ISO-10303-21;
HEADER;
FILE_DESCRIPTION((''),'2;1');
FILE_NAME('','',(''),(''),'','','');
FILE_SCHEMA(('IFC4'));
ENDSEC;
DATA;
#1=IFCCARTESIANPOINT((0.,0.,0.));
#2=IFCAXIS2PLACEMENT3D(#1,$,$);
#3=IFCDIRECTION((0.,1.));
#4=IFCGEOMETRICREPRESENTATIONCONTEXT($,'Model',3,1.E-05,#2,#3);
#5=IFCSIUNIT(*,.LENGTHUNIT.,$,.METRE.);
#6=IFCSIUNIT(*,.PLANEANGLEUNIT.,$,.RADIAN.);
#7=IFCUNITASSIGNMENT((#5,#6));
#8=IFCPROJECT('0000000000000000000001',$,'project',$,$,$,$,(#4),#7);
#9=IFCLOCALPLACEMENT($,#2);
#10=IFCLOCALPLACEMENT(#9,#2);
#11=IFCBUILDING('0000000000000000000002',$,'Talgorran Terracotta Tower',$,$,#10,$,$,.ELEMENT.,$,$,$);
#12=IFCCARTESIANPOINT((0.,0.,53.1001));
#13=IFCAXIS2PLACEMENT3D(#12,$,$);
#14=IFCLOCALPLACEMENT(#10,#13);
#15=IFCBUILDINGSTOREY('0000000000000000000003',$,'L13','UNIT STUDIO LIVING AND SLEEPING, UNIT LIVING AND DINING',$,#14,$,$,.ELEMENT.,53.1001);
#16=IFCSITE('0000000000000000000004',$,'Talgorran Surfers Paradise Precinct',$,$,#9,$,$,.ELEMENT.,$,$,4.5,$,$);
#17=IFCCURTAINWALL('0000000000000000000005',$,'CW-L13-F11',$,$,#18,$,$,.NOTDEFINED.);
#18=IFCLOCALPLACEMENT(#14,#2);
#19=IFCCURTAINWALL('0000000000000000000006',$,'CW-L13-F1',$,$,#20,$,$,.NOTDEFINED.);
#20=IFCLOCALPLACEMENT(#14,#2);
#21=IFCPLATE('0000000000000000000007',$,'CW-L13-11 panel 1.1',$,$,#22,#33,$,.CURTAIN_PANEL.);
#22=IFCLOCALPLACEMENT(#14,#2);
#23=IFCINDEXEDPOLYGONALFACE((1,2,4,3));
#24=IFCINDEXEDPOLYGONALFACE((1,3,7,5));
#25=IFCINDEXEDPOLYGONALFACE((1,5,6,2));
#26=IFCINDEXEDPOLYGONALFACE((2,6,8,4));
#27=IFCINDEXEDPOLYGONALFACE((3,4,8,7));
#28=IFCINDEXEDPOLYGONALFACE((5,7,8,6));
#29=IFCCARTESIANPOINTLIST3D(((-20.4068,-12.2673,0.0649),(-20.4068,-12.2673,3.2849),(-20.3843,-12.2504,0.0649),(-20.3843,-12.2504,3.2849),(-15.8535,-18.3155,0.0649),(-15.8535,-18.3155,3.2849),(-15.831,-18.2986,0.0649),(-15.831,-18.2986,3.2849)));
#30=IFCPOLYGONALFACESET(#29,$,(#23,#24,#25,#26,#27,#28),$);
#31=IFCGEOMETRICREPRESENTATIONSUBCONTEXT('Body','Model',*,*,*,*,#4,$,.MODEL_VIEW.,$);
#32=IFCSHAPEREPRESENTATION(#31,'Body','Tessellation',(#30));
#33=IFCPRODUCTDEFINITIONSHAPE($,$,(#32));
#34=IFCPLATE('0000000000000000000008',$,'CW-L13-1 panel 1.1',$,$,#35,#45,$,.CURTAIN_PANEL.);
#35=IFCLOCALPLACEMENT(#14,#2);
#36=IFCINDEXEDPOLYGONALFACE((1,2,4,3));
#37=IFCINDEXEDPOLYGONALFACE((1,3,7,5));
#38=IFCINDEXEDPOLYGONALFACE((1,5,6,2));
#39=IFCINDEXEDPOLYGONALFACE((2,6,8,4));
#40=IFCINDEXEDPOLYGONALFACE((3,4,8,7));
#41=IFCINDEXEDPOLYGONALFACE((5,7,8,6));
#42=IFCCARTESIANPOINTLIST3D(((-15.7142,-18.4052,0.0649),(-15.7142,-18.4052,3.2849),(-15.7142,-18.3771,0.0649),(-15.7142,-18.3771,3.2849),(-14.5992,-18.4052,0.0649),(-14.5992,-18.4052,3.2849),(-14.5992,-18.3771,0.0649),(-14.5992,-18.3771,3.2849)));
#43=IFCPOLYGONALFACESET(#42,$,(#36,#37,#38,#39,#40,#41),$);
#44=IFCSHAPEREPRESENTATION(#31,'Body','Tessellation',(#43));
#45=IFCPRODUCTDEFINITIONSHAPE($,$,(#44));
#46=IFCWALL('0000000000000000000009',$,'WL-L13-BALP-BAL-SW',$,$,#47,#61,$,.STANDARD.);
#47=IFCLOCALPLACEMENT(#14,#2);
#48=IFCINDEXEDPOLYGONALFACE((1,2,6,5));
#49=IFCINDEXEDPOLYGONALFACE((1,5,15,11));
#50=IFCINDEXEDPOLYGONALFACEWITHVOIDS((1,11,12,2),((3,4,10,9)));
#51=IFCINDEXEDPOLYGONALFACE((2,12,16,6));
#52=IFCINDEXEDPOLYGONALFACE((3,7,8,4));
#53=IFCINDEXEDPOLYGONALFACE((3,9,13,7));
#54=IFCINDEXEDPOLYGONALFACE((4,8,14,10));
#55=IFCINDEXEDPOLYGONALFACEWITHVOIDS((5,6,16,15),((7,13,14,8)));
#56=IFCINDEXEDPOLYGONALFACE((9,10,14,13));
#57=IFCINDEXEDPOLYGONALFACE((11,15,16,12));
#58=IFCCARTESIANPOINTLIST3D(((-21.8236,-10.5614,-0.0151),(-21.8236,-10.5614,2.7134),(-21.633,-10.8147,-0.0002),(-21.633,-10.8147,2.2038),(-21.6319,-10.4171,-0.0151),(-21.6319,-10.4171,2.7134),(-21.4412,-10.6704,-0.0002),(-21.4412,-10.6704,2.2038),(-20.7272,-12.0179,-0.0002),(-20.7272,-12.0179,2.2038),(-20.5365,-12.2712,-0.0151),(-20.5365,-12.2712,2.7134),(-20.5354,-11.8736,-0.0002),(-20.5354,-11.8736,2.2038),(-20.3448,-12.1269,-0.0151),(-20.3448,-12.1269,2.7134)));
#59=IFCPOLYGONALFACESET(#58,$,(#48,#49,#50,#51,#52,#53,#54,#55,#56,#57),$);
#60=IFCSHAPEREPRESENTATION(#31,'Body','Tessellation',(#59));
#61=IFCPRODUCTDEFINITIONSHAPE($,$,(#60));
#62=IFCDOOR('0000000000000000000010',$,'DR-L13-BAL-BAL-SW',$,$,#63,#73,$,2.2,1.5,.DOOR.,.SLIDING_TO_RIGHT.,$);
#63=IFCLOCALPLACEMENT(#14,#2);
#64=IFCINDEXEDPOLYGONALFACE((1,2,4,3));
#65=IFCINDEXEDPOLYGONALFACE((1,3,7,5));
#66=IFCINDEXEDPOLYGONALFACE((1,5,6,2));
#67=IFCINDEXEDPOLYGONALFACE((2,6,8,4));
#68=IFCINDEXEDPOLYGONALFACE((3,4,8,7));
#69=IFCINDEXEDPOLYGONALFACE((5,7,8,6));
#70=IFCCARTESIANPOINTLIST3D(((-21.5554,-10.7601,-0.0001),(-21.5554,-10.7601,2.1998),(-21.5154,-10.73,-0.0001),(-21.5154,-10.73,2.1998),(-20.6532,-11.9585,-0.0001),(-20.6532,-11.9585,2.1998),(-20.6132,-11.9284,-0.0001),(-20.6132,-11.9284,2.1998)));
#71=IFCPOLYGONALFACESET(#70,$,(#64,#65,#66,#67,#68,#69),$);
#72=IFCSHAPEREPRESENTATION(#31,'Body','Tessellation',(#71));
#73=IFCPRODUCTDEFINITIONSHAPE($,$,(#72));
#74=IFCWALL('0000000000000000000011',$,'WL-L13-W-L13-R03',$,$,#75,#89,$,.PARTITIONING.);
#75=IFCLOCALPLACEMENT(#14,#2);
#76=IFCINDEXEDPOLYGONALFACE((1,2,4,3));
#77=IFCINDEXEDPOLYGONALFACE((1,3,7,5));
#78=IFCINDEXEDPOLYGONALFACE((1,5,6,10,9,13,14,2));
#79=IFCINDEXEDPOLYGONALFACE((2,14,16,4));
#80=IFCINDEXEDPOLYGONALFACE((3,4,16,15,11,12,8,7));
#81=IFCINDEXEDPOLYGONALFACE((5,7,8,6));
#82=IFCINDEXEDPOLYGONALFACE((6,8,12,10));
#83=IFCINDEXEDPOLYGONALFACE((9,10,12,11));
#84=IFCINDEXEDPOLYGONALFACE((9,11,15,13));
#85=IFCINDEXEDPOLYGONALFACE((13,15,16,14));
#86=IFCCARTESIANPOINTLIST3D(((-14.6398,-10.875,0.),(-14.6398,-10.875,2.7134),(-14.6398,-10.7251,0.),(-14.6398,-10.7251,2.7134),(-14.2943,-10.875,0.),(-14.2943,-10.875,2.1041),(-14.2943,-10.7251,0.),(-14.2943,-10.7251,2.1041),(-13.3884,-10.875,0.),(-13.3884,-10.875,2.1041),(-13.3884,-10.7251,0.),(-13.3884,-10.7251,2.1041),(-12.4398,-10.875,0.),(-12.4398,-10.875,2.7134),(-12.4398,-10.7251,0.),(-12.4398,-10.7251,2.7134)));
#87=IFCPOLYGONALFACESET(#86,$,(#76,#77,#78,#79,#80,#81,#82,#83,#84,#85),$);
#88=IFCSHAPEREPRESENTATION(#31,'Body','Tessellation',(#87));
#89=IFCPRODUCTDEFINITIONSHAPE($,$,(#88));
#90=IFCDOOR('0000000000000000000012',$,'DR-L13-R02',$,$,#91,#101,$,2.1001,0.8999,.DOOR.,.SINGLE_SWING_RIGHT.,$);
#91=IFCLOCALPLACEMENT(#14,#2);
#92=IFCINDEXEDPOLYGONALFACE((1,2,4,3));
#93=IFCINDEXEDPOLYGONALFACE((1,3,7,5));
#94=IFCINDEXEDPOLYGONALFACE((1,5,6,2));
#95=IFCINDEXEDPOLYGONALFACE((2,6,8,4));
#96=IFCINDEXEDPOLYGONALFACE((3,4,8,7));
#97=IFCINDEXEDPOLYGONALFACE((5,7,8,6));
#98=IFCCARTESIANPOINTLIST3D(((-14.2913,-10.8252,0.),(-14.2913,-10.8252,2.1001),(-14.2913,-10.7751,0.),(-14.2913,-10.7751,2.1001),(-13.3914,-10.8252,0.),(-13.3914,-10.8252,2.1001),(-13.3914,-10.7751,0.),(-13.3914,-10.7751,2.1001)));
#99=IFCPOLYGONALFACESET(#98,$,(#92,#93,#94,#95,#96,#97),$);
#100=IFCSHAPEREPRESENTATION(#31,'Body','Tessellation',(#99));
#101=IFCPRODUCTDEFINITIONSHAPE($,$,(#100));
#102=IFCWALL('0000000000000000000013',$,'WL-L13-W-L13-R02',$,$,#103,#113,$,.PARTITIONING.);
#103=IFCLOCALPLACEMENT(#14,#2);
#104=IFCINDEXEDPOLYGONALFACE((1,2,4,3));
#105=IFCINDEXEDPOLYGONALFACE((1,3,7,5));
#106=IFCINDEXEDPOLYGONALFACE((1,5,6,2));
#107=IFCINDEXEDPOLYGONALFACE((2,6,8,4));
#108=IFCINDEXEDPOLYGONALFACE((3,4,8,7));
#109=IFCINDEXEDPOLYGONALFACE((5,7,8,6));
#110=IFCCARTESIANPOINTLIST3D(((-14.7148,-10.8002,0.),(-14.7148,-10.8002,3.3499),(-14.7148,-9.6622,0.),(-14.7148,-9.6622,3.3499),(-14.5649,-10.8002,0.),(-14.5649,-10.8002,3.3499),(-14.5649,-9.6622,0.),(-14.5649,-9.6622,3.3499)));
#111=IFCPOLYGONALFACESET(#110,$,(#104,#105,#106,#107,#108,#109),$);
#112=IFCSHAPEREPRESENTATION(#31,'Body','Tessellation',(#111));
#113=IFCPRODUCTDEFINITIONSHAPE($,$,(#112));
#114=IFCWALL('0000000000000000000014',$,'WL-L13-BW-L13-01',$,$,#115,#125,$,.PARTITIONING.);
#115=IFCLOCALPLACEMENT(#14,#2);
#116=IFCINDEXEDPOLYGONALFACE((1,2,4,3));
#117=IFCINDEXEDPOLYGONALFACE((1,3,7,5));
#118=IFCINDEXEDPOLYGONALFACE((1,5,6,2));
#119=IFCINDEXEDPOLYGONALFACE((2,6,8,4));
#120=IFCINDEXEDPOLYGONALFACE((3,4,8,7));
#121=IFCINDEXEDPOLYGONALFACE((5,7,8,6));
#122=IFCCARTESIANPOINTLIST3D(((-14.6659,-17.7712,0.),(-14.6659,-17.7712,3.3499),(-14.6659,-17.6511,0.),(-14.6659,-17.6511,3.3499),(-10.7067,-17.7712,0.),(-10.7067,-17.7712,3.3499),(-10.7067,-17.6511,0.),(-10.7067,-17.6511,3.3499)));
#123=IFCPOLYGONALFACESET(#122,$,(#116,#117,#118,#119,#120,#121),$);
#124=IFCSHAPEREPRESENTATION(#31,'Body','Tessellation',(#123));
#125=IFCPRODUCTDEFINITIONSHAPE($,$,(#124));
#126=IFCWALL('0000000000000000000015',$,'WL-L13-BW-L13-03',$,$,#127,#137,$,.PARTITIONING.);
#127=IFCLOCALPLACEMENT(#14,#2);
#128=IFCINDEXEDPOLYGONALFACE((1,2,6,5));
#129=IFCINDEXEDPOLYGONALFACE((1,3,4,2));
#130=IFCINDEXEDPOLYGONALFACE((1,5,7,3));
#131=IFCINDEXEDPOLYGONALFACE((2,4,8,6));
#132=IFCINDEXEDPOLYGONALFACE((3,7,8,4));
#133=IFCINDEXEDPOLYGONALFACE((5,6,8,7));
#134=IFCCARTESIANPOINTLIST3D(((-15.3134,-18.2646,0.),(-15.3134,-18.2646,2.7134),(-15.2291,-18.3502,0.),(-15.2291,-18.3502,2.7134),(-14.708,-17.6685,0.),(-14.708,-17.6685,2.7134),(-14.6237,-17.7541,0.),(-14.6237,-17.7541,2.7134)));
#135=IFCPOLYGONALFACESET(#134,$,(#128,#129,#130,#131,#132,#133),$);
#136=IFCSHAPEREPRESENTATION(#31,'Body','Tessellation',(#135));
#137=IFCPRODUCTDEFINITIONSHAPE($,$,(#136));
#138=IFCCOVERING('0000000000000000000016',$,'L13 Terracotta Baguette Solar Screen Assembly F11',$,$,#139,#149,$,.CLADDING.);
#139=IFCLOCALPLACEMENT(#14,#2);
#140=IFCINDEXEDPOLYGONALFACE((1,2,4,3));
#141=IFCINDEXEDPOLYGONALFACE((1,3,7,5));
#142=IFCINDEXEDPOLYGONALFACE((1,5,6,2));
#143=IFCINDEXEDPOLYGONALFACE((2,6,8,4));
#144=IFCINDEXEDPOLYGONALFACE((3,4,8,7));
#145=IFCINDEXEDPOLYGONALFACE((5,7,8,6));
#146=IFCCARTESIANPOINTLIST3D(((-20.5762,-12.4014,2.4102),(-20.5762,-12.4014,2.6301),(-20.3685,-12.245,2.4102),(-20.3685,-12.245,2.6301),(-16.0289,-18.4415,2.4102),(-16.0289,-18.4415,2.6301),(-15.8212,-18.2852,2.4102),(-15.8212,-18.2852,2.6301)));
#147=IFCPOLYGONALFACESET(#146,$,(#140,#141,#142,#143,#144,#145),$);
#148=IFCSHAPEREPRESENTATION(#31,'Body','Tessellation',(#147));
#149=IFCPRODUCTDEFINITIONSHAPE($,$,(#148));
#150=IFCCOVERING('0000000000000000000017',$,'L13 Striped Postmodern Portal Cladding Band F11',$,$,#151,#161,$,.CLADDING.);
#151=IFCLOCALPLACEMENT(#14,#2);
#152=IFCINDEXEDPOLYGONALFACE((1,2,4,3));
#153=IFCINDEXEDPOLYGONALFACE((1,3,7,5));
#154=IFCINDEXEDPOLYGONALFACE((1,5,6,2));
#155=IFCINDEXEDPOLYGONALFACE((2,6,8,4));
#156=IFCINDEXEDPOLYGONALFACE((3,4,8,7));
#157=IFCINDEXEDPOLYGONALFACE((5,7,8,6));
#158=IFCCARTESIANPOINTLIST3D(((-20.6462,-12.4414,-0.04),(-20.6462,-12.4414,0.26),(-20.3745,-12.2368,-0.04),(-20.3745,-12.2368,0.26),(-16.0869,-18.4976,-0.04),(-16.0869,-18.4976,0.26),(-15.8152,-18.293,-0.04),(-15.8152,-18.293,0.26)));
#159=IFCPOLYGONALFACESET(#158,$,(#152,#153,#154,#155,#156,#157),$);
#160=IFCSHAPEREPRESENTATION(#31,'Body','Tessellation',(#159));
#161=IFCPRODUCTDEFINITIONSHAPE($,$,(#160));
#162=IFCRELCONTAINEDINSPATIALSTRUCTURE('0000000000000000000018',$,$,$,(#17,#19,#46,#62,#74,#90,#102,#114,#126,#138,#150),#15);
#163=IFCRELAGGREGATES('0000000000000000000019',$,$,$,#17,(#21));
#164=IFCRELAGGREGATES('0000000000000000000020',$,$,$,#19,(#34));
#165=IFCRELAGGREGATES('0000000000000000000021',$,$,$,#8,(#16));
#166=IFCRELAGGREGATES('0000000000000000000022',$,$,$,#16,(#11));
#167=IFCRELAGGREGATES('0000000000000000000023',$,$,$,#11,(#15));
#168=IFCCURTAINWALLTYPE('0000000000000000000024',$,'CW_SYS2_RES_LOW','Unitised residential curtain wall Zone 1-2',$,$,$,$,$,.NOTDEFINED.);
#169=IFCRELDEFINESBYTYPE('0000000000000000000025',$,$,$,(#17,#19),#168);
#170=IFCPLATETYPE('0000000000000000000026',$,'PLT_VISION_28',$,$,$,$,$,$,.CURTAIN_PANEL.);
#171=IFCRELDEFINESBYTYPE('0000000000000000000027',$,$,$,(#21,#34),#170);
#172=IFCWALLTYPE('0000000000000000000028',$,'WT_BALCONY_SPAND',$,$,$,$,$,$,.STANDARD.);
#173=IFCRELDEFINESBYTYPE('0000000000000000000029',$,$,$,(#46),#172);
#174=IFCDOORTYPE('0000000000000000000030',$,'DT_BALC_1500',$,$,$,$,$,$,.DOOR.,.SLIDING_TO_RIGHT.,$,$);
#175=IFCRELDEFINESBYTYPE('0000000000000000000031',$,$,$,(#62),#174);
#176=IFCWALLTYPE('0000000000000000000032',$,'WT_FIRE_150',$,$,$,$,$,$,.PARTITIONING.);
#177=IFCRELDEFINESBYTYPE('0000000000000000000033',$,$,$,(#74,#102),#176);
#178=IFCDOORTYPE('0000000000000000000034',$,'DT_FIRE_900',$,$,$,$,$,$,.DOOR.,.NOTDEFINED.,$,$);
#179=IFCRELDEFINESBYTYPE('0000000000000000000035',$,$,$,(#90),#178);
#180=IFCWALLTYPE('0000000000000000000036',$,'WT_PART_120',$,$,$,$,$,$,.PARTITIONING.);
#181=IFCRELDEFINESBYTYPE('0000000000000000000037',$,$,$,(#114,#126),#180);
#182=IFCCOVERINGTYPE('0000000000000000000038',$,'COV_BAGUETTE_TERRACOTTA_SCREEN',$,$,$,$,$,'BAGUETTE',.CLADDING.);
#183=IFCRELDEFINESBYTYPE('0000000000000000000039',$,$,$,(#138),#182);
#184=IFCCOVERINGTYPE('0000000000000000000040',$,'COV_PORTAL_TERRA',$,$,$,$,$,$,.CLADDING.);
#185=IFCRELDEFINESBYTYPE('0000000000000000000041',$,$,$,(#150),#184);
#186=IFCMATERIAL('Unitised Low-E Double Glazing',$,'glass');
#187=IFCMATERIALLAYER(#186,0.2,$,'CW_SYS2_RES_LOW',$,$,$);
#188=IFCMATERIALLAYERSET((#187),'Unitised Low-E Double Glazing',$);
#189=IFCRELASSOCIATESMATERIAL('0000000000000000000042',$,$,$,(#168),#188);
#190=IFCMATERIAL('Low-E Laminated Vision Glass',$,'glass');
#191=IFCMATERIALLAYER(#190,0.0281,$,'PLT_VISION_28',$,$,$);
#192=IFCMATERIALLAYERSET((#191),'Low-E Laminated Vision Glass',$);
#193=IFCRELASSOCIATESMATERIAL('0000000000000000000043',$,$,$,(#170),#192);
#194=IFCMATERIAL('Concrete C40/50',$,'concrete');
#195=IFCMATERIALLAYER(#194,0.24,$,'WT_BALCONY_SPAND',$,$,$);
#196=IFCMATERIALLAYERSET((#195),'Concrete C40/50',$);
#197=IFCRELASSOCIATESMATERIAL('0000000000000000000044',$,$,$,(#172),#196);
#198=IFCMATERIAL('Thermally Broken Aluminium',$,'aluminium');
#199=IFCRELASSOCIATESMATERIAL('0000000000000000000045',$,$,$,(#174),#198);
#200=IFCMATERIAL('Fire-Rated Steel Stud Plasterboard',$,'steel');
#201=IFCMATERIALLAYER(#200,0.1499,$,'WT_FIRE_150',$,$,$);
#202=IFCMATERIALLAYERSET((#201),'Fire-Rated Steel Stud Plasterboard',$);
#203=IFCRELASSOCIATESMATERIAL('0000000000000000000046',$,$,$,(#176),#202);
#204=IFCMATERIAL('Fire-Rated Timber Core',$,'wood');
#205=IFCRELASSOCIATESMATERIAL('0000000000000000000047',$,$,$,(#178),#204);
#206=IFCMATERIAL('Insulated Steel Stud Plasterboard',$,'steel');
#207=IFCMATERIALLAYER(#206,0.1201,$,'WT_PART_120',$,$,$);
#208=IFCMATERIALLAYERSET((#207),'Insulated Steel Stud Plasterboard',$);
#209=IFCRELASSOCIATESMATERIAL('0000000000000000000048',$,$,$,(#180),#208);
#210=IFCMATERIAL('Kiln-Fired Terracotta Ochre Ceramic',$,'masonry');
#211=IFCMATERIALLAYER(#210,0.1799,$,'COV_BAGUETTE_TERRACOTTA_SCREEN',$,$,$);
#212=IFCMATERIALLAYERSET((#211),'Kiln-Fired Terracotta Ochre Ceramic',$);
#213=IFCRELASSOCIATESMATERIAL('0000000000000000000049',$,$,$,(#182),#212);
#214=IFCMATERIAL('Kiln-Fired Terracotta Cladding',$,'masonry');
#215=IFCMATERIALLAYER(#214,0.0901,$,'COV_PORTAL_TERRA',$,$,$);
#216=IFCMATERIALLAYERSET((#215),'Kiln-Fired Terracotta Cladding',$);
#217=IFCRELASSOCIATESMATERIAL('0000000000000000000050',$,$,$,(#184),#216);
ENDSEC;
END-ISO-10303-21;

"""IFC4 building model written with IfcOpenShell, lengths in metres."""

from ifc_helpers import new_model, si_unit, direction, frame, frame_2d, origin, origin_2d, place, context, subcontext, project, spatial, rectangle, extrude, source, transform, mapped, material, layer, layer_set, type_object, type_shapes, element, fill, aggregate, save


model = new_model("IFC4")

# Units and contexts
model_context = context("Model", 3, precision=1e-05, world=origin(), true_north=direction((0.0, 1.0)))
body_context = subcontext(model_context, "Body", "Model", "MODEL_VIEW")
ifc_project = project(units=[si_unit("LENGTHUNIT", "METRE"), si_unit("PLANEANGLEUNIT", "RADIAN")], contexts=[model_context])

# Site, building, storey
site_placement = place(None, origin())
site = spatial("IfcSite", under=ifc_project, at=site_placement, Name="Talgorran Surfers Paradise Precinct", CompositionType="ELEMENT", RefElevation=4.5)
building_placement = place(site_placement, origin())
building = spatial("IfcBuilding", under=site, at=building_placement, Name="Talgorran Terracotta Tower", CompositionType="ELEMENT")
storey_placement = place(building_placement, frame((0.0, 0.0, 53.1001)))
storey = spatial("IfcBuildingStorey", under=building, at=storey_placement, Name="L13", Description="UNIT STUDIO LIVING AND SLEEPING, UNIT LIVING AND DINING", CompositionType="ELEMENT", Elevation=53.1001)

# Curtain walls
ifc_material_1 = material(Name="Unitised Low-E Double Glazing", Category="glass")
ifc_layer_1 = layer(ifc_material_1, 0.2, Name="CW_SYS2_RES_LOW")
ifc_layer_set_1 = layer_set([ifc_layer_1], Name="Unitised Low-E Double Glazing")
curtain_wall_type = type_object("IfcCurtainWallType", Name="CW_SYS2_RES_LOW", Description="Unitised residential curtain wall Zone 1-2", PredefinedType="NOTDEFINED", material=ifc_layer_set_1)
curtain_wall_1_placement = place(storey_placement, origin())
curtain_wall_1 = element("IfcCurtainWall", 1, at=curtain_wall_1_placement, inside=storey, type_object=curtain_wall_type, Name="CW-L13-F11", PredefinedType="NOTDEFINED")
curtain_wall_2_placement = place(storey_placement, origin())
curtain_wall_2 = element("IfcCurtainWall", 2, at=curtain_wall_2_placement, inside=storey, type_object=curtain_wall_type, Name="CW-L13-F1", PredefinedType="NOTDEFINED")

# Plates
ifc_material_2 = material(Name="Low-E Laminated Vision Glass", Category="glass")
ifc_layer_2 = layer(ifc_material_2, 0.0281, Name="PLT_VISION_28")
ifc_layer_set_2 = layer_set([ifc_layer_2], Name="Low-E Laminated Vision Glass")
plate_type = type_object("IfcPlateType", Name="PLT_VISION_28", PredefinedType="CURTAIN_PANEL", material=ifc_layer_set_2)
shared_shape_1 = source(origin(), body_context, "Body", "SweptSolid", [
    extrude(rectangle(XDim=7.5706, YDim=0.0281, at=origin_2d()), origin(), (0.0, 0.0, 1.0), 3.22),
])
plate_1_placement = place(storey_placement, frame((-18.1189, -15.283, 0.0649), z_axis=(0.0, 0.0, 1.0), x_axis=(0.601447, -0.798913, 0.0)))
plate_1 = element("IfcPlate", 3, at=plate_1_placement, type_object=plate_type, Name="CW-L13-11 panel 1.1", PredefinedType="CURTAIN_PANEL", context=body_context, shape_type="MappedRepresentation", body=[
    mapped(shared_shape_1, transform((0.0, 0.0, 0.0), scale=1.0)),
])
aggregate(curtain_wall_1, [plate_1])
shared_shape_2 = source(origin(), body_context, "Body", "SweptSolid", [
    extrude(rectangle(XDim=1.115, YDim=0.0281, at=origin_2d()), origin(), (0.0, 0.0, 1.0), 3.22),
])
type_shapes(plate_type, [shared_shape_1, shared_shape_2])
plate_2_placement = place(storey_placement, frame((-15.1567, -18.3911, 0.0649), z_axis=(0.0, 0.0, 1.0), x_axis=(1.0, 0.0, 0.0)))
plate_2 = element("IfcPlate", 4, at=plate_2_placement, type_object=plate_type, Name="CW-L13-1 panel 1.1", PredefinedType="CURTAIN_PANEL", context=body_context, shape_type="MappedRepresentation", body=[
    mapped(shared_shape_2, transform((0.0, 0.0, 0.0), scale=1.0)),
])
aggregate(curtain_wall_2, [plate_2])

# Walls, openings, doors
ifc_material_3 = material(Name="Concrete C40/50", Category="concrete")
ifc_layer_3 = layer(ifc_material_3, 0.24, Name="WT_BALCONY_SPAND")
ifc_layer_set_3 = layer_set([ifc_layer_3], Name="Concrete C40/50")
wall_type_1 = type_object("IfcWallType", Name="WT_BALCONY_SPAND", PredefinedType="STANDARD", material=ifc_layer_set_3)
wall_1_placement = place(storey_placement, frame((-21.7278, -10.4893, -0.0151), z_axis=(0.0, 0.0, 1.0), x_axis=(0.601441, -0.798917, 0.0)))
wall_1 = element("IfcWall", 5, at=wall_1_placement, inside=storey, type_object=wall_type_1, Name="WL-L13-BALP-BAL-SW", PredefinedType="STANDARD", context=body_context, shape_type="SweptSolid", body=[
    extrude(rectangle(XDim=2.1401, YDim=0.24, at=frame_2d((1.0701, 0.0))), origin(), (0.0, 0.0, 1.0), 2.7285),
])
opening_1_placement = place(wall_1_placement, frame((0.3201, 0.0, 0.0149)))
opening_1 = element("IfcOpeningElement", 6, at=opening_1_placement, cuts=wall_1, PredefinedType="OPENING", context=body_context, shape_type="SweptSolid", body=[
    extrude(rectangle(XDim=1.506, YDim=2.204, at=frame_2d((0.75, 1.1021))), frame((0.0, 0.1299, 0.0), z_axis=(0.0, -1.0, 0.0), x_axis=(1.0, 0.0, 0.0)), (0.0, 0.0, 1.0), 0.26),
])
ifc_material_4 = material(Name="Thermally Broken Aluminium", Category="aluminium")
door_type_1 = type_object("IfcDoorType", Name="DT_BALC_1500", OperationType="SLIDING_TO_RIGHT", PredefinedType="DOOR", material=ifc_material_4)
door_1_placement = place(opening_1_placement, origin())
door_1 = element("IfcDoor", 7, at=door_1_placement, inside=storey, type_object=door_type_1, Name="DR-L13-BAL-BAL-SW", OperationType="SLIDING_TO_RIGHT", OverallHeight=2.2, OverallWidth=1.5, PredefinedType="DOOR", context=body_context, shape_type="SweptSolid", body=[
    extrude(rectangle(XDim=1.5, YDim=2.2, at=frame_2d((0.75, 1.1001))), frame((0.0, 0.0249, 0.0), z_axis=(0.0, -1.0, 0.0), x_axis=(1.0, 0.0, 0.0)), (0.0, 0.0, 1.0), 0.05),
])
fill(opening_1, door_1)
ifc_material_5 = material(Name="Fire-Rated Steel Stud Plasterboard", Category="steel")
ifc_layer_4 = layer(ifc_material_5, 0.1499, Name="WT_FIRE_150")
ifc_layer_set_4 = layer_set([ifc_layer_4], Name="Fire-Rated Steel Stud Plasterboard")
wall_type_2 = type_object("IfcWallType", Name="WT_FIRE_150", PredefinedType="PARTITIONING", material=ifc_layer_set_4)
wall_2_placement = place(storey_placement, frame((-14.6399, -10.8, 0.0), z_axis=(0.0, 0.0, 1.0), x_axis=(1.0, 0.0, 0.0)))
wall_2 = element("IfcWall", 8, at=wall_2_placement, inside=storey, type_object=wall_type_2, Name="WL-L13-W-L13-R03", PredefinedType="PARTITIONING", context=body_context, shape_type="SweptSolid", body=[
    extrude(rectangle(XDim=2.2, YDim=0.1499, at=frame_2d((1.1001, 0.0))), origin(), (0.0, 0.0, 1.0), 2.7134),
])
opening_2_placement = place(wall_2_placement, frame((0.3486, 0.0, 0.0)))
opening_2 = element("IfcOpeningElement", 9, at=opening_2_placement, cuts=wall_2, PredefinedType="OPENING", context=body_context, shape_type="SweptSolid", body=[
    extrude(rectangle(XDim=0.9059, YDim=2.1041, at=frame_2d((0.45, 1.052))), frame((0.0, 0.085, 0.0), z_axis=(0.0, -1.0, 0.0), x_axis=(1.0, 0.0, 0.0)), (0.0, 0.0, 1.0), 0.1699),
])
ifc_material_6 = material(Name="Fire-Rated Timber Core", Category="wood")
door_type_2 = type_object("IfcDoorType", Name="DT_FIRE_900", OperationType="NOTDEFINED", PredefinedType="DOOR", material=ifc_material_6)
door_2_placement = place(opening_2_placement, origin())
door_2 = element("IfcDoor", 10, at=door_2_placement, inside=storey, type_object=door_type_2, Name="DR-L13-R02", OperationType="SINGLE_SWING_RIGHT", OverallHeight=2.1001, OverallWidth=0.8999, PredefinedType="DOOR", context=body_context, shape_type="SweptSolid", body=[
    extrude(rectangle(XDim=0.8999, YDim=2.1001, at=frame_2d((0.45, 1.05))), frame((0.0, 0.0249, 0.0), z_axis=(0.0, -1.0, 0.0), x_axis=(1.0, 0.0, 0.0)), (0.0, 0.0, 1.0), 0.05),
])
fill(opening_2, door_2)

# Walls
wall_3_placement = place(storey_placement, frame((-14.6399, -10.8, 0.0), z_axis=(0.0, 0.0, 1.0), x_axis=(0.0, 1.0, 0.0)))
element("IfcWall", 11, at=wall_3_placement, inside=storey, type_object=wall_type_2, Name="WL-L13-W-L13-R02", PredefinedType="PARTITIONING", context=body_context, shape_type="SweptSolid", body=[
    extrude(rectangle(XDim=1.1379, YDim=0.1499, at=frame_2d((0.5688, 0.0))), origin(), (0.0, 0.0, 1.0), 3.3499),
])
ifc_material_7 = material(Name="Insulated Steel Stud Plasterboard", Category="steel")
ifc_layer_5 = layer(ifc_material_7, 0.1201, Name="WT_PART_120")
ifc_layer_set_5 = layer_set([ifc_layer_5], Name="Insulated Steel Stud Plasterboard")
wall_type_3 = type_object("IfcWallType", Name="WT_PART_120", PredefinedType="PARTITIONING", material=ifc_layer_set_5)
wall_4_placement = place(storey_placement, frame((-14.6658, -17.7112, 0.0), z_axis=(0.0, 0.0, 1.0), x_axis=(1.0, 0.0, 0.0)))
element("IfcWall", 12, at=wall_4_placement, inside=storey, type_object=wall_type_3, Name="WL-L13-BW-L13-01", PredefinedType="PARTITIONING", context=body_context, shape_type="SweptSolid", body=[
    extrude(rectangle(XDim=3.9592, YDim=0.1201, at=frame_2d((1.9795, 0.0))), origin(), (0.0, 0.0, 1.0), 3.3499),
])
wall_5_placement = place(storey_placement, frame((-15.2712, -18.3074, 0.0), z_axis=(0.0, 0.0, 1.0), x_axis=(0.712545, 0.701627, 0.0)))
element("IfcWall", 13, at=wall_5_placement, inside=storey, type_object=wall_type_3, Name="WL-L13-BW-L13-03", PredefinedType="PARTITIONING", context=body_context, shape_type="SweptSolid", body=[
    extrude(rectangle(XDim=0.8496, YDim=0.1201, at=frame_2d((0.4248, 0.0))), origin(), (0.0, 0.0, 1.0), 2.7134),
])

# Coverings
ifc_material_8 = material(Name="Kiln-Fired Terracotta Ochre Ceramic", Category="masonry")
ifc_layer_6 = layer(ifc_material_8, 0.1799, Name="COV_BAGUETTE_TERRACOTTA_SCREEN")
ifc_layer_set_6 = layer_set([ifc_layer_6], Name="Kiln-Fired Terracotta Ochre Ceramic")
covering_type_1 = type_object("IfcCoveringType", Name="COV_BAGUETTE_TERRACOTTA_SCREEN", ElementType="BAGUETTE", PredefinedType="CLADDING", material=ifc_layer_set_6)
covering_1_placement = place(storey_placement, frame((-18.1987, -15.3433, 2.4102), z_axis=(0.0, 0.0, 1.0), x_axis=(0.601453, -0.798909, 0.0)))
element("IfcCovering", 14, at=covering_1_placement, inside=storey, type_object=covering_type_1, Name="L13 Terracotta Baguette Solar Screen Assembly F11", PredefinedType="CLADDING", context=body_context, shape_type="SweptSolid", body=[
    extrude(rectangle(XDim=7.5605, YDim=0.26, at=origin_2d()), origin(), (0.0, 0.0, 1.0), 0.22),
])
ifc_material_9 = material(Name="Kiln-Fired Terracotta Cladding", Category="masonry")
ifc_layer_7 = layer(ifc_material_9, 0.0901, Name="COV_PORTAL_TERRA")
ifc_layer_set_7 = layer_set([ifc_layer_7], Name="Kiln-Fired Terracotta Cladding")
covering_type_2 = type_object("IfcCoveringType", Name="COV_PORTAL_TERRA", PredefinedType="CLADDING", material=ifc_layer_set_7)
covering_2_placement = place(storey_placement, frame((-18.2307, -15.3672, -0.04), z_axis=(0.0, 0.0, 1.0), x_axis=(0.601453, -0.798909, 0.0)))
element("IfcCovering", 15, at=covering_2_placement, inside=storey, type_object=covering_type_2, Name="L13 Striped Postmodern Portal Cladding Band F11", PredefinedType="CLADDING", context=body_context, shape_type="SweptSolid", body=[
    extrude(rectangle(XDim=7.5806, YDim=0.3401, at=origin_2d()), origin(), (0.0, 0.0, 1.0), 0.3),
])

save(model, "model.ifc")
